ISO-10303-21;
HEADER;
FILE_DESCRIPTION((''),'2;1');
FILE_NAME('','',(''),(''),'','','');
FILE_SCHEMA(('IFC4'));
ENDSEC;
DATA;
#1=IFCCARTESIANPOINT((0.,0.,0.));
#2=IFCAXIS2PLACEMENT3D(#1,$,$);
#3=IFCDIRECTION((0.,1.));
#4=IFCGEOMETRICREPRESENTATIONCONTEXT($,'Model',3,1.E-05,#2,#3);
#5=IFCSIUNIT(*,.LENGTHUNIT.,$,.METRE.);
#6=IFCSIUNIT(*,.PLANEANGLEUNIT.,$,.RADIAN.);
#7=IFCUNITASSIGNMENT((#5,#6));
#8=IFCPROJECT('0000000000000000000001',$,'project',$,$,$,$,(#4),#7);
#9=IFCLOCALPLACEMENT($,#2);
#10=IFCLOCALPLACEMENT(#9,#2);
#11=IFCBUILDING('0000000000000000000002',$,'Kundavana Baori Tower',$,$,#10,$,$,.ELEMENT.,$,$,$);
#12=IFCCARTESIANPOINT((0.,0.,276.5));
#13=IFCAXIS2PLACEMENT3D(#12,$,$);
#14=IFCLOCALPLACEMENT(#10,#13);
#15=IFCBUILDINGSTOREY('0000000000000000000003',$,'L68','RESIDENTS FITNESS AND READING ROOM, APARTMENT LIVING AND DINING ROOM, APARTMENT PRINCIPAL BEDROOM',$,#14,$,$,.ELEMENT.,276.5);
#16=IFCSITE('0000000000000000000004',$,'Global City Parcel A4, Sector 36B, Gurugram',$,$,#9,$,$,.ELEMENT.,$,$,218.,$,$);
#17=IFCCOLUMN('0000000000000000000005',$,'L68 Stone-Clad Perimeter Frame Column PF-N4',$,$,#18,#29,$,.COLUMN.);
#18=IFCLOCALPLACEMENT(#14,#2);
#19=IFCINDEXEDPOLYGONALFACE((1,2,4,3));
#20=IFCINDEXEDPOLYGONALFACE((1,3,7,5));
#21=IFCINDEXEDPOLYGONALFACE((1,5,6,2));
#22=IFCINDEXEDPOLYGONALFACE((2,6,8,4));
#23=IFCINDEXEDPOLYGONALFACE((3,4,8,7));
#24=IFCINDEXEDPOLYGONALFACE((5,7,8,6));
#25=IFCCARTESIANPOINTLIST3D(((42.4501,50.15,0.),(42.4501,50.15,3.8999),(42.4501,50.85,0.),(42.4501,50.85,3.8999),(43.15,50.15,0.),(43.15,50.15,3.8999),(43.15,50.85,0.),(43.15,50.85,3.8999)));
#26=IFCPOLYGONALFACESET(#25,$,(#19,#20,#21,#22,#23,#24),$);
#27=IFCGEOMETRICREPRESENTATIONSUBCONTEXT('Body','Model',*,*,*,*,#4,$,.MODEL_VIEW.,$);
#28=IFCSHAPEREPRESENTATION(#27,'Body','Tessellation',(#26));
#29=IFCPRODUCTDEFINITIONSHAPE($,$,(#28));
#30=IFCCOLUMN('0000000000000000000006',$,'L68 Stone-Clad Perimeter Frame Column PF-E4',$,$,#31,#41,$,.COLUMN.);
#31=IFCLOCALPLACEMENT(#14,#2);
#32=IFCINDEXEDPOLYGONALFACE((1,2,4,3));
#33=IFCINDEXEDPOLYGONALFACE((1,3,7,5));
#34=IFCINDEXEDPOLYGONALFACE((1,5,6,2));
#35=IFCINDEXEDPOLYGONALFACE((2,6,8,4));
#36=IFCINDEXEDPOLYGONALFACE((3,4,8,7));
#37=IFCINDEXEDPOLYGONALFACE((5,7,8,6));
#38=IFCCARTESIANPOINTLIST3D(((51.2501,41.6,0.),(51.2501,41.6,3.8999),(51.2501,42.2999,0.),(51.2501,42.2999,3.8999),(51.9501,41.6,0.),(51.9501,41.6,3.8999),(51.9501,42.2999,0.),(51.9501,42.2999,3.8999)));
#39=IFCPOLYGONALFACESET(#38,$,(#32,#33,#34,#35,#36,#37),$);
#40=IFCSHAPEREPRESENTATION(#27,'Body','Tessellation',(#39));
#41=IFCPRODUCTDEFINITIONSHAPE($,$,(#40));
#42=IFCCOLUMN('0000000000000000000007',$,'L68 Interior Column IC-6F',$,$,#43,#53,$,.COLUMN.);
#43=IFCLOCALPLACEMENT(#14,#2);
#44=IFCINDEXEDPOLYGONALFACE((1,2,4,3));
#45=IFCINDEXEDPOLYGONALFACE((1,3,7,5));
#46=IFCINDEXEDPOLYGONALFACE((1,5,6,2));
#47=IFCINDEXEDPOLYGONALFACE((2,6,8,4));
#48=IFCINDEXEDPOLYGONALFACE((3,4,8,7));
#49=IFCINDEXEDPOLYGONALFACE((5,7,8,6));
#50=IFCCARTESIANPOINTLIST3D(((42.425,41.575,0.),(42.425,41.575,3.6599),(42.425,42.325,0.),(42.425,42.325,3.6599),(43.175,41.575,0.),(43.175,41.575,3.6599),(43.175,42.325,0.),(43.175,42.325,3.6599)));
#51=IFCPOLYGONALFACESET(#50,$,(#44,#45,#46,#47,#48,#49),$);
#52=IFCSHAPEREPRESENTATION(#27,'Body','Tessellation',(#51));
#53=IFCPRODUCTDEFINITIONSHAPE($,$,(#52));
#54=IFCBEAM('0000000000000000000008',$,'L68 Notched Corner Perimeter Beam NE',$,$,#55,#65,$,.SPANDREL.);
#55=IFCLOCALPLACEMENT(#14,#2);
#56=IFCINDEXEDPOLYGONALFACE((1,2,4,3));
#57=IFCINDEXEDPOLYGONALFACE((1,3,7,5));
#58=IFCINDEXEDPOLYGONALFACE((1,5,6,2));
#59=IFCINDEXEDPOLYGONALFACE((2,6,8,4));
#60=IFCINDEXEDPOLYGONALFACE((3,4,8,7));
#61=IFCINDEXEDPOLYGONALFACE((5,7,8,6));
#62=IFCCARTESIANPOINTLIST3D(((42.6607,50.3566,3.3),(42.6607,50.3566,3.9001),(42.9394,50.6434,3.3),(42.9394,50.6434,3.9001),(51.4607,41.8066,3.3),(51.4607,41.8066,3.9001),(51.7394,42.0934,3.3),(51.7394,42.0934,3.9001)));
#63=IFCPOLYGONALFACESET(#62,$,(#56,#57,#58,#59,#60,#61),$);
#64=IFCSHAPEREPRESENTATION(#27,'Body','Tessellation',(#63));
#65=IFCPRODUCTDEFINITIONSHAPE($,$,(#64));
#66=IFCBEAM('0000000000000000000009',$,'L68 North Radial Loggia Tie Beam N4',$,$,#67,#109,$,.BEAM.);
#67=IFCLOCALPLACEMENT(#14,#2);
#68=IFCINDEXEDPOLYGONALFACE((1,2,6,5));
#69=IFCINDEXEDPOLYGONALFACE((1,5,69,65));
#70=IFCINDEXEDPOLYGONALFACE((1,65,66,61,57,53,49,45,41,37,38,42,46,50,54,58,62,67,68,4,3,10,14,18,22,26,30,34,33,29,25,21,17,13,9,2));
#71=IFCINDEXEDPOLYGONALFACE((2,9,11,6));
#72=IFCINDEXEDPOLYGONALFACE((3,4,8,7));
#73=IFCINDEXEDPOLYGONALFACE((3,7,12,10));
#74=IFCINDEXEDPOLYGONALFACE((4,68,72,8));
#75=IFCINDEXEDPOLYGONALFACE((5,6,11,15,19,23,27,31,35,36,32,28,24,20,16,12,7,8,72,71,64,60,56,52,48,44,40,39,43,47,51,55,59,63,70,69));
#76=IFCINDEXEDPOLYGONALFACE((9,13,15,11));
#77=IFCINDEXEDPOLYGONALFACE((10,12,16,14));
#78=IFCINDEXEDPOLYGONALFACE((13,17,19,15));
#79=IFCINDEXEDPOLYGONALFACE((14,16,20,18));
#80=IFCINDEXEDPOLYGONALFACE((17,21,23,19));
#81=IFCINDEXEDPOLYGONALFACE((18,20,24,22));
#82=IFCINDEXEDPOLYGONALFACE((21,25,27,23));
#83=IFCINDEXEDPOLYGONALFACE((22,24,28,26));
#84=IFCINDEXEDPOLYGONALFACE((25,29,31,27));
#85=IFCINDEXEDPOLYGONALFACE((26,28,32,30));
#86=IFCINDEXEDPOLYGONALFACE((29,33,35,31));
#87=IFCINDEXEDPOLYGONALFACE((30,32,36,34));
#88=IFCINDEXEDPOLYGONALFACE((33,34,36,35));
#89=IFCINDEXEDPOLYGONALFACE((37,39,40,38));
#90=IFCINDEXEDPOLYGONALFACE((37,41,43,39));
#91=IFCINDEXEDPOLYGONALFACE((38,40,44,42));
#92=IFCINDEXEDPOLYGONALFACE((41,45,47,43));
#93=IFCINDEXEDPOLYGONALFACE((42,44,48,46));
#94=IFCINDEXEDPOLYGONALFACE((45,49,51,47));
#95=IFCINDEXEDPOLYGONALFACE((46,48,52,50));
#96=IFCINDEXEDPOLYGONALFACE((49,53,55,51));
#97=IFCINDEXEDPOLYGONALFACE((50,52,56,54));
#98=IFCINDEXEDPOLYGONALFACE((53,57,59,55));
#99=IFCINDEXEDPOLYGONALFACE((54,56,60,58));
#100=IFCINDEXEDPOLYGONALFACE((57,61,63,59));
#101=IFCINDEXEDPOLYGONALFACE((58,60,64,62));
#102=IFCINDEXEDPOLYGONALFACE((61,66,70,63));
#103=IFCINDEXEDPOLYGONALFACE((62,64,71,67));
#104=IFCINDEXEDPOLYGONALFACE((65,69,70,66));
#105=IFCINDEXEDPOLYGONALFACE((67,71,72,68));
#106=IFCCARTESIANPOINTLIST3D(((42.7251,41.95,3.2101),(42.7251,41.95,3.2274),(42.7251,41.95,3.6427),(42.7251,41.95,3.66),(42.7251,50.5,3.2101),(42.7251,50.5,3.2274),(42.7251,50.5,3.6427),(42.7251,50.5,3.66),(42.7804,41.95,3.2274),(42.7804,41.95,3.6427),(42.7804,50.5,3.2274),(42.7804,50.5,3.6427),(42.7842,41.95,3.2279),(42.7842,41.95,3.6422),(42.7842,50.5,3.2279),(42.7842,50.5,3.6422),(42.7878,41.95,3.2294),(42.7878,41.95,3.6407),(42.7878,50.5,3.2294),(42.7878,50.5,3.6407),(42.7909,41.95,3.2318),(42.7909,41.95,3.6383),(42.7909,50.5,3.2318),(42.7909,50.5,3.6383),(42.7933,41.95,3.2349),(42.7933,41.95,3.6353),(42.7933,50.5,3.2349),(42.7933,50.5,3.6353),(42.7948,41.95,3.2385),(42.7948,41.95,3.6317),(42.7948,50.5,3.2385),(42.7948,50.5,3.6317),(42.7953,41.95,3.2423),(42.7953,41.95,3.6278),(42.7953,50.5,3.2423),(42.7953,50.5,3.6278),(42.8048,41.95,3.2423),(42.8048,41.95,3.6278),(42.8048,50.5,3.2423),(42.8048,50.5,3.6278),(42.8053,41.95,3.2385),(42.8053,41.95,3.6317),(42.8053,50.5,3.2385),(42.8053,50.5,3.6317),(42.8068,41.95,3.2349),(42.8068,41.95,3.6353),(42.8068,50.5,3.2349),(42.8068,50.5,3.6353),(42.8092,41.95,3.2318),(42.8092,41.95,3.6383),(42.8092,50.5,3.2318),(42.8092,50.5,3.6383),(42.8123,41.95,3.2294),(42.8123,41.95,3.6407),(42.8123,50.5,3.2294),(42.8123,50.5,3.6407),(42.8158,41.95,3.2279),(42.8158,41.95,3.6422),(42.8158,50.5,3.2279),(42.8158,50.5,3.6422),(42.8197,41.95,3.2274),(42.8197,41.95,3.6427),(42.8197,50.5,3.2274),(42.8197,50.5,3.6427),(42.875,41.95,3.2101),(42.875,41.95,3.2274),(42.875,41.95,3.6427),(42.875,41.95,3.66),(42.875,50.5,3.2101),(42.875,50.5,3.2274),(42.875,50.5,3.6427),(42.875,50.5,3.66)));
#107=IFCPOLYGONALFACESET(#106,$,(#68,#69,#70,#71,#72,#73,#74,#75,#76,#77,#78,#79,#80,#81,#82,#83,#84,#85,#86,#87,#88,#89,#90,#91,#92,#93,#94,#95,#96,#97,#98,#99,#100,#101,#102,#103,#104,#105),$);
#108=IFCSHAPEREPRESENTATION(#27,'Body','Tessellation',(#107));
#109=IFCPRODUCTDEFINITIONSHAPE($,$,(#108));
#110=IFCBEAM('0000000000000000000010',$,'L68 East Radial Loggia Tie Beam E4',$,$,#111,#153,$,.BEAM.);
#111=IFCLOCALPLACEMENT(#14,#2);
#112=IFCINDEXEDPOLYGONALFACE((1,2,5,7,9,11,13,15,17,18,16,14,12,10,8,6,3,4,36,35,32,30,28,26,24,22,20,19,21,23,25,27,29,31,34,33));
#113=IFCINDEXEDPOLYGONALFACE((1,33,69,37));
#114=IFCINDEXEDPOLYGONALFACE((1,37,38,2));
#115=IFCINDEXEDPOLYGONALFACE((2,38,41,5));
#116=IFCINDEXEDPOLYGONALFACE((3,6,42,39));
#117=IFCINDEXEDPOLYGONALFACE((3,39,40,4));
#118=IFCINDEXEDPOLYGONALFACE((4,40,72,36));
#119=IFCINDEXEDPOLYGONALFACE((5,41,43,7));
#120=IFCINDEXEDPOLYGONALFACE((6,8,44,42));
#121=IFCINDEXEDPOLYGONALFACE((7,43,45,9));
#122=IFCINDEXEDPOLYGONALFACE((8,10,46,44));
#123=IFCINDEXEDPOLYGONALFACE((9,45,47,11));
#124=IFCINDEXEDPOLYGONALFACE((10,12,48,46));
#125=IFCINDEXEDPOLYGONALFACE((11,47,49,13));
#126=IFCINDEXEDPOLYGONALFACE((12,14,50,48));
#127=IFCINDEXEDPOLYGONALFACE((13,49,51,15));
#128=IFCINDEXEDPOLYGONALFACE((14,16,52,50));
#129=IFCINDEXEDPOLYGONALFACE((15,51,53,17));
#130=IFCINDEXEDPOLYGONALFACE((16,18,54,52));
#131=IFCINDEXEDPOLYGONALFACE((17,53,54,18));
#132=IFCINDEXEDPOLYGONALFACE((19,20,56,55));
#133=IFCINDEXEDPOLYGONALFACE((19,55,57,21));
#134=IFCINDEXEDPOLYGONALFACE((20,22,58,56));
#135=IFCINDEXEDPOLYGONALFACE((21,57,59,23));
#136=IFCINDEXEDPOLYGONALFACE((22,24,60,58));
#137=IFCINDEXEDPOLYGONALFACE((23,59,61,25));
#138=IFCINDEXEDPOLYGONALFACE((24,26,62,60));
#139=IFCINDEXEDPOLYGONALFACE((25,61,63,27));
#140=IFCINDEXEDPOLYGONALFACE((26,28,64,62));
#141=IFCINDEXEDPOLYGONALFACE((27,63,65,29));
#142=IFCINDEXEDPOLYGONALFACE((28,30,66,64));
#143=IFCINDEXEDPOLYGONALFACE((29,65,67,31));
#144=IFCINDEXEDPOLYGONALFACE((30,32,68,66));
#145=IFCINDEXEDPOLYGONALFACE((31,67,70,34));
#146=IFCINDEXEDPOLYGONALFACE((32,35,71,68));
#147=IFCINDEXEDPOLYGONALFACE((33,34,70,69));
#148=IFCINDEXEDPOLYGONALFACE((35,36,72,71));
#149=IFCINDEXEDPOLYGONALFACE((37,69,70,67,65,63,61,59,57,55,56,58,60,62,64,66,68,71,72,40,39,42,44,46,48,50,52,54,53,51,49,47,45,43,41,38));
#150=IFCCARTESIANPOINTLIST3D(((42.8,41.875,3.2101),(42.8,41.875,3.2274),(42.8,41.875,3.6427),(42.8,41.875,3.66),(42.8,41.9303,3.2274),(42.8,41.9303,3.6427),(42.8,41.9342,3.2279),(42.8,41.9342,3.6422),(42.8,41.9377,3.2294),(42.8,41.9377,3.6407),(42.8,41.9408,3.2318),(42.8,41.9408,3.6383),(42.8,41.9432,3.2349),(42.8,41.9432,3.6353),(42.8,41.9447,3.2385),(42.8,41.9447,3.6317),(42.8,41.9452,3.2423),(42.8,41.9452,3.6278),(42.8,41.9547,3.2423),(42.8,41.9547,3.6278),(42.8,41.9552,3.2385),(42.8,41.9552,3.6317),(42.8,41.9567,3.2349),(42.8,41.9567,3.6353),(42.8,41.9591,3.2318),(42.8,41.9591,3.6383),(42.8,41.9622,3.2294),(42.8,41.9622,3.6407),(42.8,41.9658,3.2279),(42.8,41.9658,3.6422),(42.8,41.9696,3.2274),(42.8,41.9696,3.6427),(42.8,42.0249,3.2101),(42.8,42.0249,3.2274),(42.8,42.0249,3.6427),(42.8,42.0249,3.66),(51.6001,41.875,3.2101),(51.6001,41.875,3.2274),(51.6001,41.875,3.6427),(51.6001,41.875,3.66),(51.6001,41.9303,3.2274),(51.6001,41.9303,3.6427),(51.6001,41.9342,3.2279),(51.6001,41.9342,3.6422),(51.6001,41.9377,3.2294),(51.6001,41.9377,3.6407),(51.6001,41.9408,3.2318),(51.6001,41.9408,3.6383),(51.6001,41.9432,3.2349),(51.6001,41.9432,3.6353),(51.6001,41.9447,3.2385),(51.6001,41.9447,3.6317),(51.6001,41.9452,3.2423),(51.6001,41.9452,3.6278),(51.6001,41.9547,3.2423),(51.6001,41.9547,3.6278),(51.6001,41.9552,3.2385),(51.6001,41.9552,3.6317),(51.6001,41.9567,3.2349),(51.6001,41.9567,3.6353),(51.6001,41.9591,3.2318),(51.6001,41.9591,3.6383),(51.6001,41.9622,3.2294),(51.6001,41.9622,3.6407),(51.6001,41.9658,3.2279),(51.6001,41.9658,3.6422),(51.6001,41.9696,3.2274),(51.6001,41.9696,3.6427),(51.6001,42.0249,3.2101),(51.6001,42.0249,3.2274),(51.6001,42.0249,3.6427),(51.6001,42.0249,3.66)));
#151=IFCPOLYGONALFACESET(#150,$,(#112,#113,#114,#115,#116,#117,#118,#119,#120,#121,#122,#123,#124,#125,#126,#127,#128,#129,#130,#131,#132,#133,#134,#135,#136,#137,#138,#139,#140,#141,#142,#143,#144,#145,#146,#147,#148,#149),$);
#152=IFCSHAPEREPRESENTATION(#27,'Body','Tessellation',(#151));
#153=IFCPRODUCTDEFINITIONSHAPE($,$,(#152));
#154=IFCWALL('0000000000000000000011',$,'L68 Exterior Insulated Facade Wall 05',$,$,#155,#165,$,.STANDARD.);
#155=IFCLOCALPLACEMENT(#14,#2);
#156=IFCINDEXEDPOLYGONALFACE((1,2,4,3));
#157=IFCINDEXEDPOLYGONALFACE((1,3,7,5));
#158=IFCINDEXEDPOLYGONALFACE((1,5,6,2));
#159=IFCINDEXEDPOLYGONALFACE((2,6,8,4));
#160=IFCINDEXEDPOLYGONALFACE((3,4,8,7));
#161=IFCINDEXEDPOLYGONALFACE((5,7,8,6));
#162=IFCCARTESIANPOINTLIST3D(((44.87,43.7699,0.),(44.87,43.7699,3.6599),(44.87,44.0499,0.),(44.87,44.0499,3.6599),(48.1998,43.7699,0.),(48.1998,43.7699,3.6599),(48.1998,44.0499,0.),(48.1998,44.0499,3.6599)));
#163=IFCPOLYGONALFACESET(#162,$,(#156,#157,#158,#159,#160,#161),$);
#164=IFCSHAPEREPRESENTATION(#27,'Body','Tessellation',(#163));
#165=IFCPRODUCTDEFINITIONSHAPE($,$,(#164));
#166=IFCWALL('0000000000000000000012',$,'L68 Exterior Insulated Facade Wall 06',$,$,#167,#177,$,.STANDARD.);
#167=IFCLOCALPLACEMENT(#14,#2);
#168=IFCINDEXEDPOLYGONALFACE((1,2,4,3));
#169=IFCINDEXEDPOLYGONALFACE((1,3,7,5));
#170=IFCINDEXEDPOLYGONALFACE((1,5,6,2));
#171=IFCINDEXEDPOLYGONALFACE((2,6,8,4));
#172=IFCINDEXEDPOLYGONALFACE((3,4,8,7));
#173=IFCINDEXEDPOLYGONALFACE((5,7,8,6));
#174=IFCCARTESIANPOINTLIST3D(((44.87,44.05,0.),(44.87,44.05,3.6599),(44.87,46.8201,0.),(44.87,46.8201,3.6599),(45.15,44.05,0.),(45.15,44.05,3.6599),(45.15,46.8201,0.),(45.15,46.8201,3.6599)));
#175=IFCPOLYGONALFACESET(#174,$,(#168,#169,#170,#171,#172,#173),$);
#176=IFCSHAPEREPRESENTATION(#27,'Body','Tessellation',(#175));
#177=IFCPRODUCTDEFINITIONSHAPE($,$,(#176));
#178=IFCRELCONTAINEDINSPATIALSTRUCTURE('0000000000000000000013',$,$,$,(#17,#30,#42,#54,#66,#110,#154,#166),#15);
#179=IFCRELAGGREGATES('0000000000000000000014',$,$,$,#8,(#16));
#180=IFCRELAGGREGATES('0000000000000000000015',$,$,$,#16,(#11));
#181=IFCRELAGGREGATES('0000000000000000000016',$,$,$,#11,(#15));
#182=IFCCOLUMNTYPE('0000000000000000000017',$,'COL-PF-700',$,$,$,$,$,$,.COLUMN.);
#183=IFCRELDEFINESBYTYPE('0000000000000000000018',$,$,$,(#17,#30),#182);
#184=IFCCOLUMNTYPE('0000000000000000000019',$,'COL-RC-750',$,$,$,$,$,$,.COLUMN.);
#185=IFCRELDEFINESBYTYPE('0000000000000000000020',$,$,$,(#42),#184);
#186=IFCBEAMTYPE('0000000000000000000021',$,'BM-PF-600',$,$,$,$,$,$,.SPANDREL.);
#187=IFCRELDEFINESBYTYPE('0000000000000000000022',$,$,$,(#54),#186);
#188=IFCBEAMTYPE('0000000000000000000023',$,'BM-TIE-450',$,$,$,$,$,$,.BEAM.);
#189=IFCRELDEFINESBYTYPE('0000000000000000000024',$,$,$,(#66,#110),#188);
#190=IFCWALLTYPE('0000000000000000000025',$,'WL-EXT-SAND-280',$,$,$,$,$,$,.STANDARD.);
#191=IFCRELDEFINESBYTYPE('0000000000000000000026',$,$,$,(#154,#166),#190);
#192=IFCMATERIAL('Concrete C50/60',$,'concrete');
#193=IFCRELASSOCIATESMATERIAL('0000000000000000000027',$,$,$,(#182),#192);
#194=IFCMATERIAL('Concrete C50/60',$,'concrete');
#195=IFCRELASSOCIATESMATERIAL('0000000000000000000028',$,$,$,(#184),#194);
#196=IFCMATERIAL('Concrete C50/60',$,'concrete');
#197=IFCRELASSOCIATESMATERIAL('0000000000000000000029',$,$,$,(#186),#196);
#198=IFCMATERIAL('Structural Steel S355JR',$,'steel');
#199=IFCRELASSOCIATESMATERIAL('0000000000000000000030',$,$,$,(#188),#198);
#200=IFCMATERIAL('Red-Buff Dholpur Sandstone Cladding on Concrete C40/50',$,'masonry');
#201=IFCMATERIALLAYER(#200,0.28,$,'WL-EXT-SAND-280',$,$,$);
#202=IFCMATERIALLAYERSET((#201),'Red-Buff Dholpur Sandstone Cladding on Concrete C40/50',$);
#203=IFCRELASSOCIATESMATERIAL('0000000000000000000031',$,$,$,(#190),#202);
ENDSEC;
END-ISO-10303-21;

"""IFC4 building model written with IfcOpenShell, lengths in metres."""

from ifc_helpers import new_model, si_unit, direction, frame, frame_2d, origin, origin_2d, place, context, subcontext, project, spatial, rectangle, i_section, extrude, material, layer, layer_set, material_profile, profile_set, type_object, element, save


model = new_model("IFC4")

# Units and contexts
model_context = context("Model", 3, precision=1e-05, world=origin(), true_north=direction((0.0, 1.0)))
body_context = subcontext(model_context, "Body", "Model", "MODEL_VIEW")
ifc_project = project(units=[si_unit("LENGTHUNIT", "METRE"), si_unit("PLANEANGLEUNIT", "RADIAN")], contexts=[model_context])

# Site, building, storey
site_placement = place(None, origin())
site = spatial("IfcSite", under=ifc_project, at=site_placement, Name="Global City Parcel A4, Sector 36B, Gurugram", CompositionType="ELEMENT", RefElevation=218.0)
building_placement = place(site_placement, origin())
building = spatial("IfcBuilding", under=site, at=building_placement, Name="Kundavana Baori Tower", CompositionType="ELEMENT")
storey_placement = place(building_placement, frame((0.0, 0.0, 276.5)))
storey = spatial("IfcBuildingStorey", under=building, at=storey_placement, Name="L68", Description="RESIDENTS FITNESS AND READING ROOM, APARTMENT LIVING AND DINING ROOM, APARTMENT PRINCIPAL BEDROOM", CompositionType="ELEMENT", Elevation=276.5)

# Columns
ifc_material_1 = material(Name="Concrete C50/60", Category="concrete")
ifc_material_profile_1 = material_profile(ifc_material_1, rectangle(XDim=0.7, YDim=0.7, at=origin_2d()), Name="RC PF 700x700")
ifc_profile_set_1 = profile_set([ifc_material_profile_1], Name="Concrete C50/60")
column_type_1 = type_object("IfcColumnType", Name="COL-PF-700", PredefinedType="COLUMN", material=ifc_profile_set_1)
for number, where, z_axis, x_axis, name in (
    (1, (42.8, 50.5, 0.0), (0.0, 0.0, 1.0), (1.0, 0.0, 0.0), "L68 Stone-Clad Perimeter Frame Column PF-N4"),
    (2, (51.6001, 41.95, 0.0), (0.0, 0.0, 1.0), (1.0, 0.0, 0.0), "L68 Stone-Clad Perimeter Frame Column PF-E4"),
):
    element("IfcColumn", number, at=place(storey_placement, frame(where, z_axis=z_axis, x_axis=x_axis)), inside=storey, type_object=column_type_1, Name=name, PredefinedType="COLUMN", context=body_context, shape_type="SweptSolid", body=[
        extrude(rectangle(XDim=0.7, YDim=0.7, at=origin_2d()), origin(), (0.0, 0.0, 1.0), 3.8999),
    ])
ifc_material_2 = material(Name="Concrete C50/60", Category="concrete")
ifc_material_profile_2 = material_profile(ifc_material_2, rectangle(XDim=0.75, YDim=0.75, at=origin_2d()), Name="RC 750x750")
ifc_profile_set_2 = profile_set([ifc_material_profile_2], Name="Concrete C50/60")
column_type_2 = type_object("IfcColumnType", Name="COL-RC-750", PredefinedType="COLUMN", material=ifc_profile_set_2)
column_placement = place(storey_placement, frame((42.8, 41.95, 0.0), z_axis=(0.0, 0.0, 1.0), x_axis=(1.0, 0.0, 0.0)))
element("IfcColumn", 3, at=column_placement, inside=storey, type_object=column_type_2, Name="L68 Interior Column IC-6F", PredefinedType="COLUMN", context=body_context, shape_type="SweptSolid", body=[
    extrude(rectangle(XDim=0.75, YDim=0.75, at=origin_2d()), origin(), (0.0, 0.0, 1.0), 3.6599),
])

# Beams
ifc_material_3 = material(Name="Concrete C50/60", Category="concrete")
ifc_material_profile_3 = material_profile(ifc_material_3, rectangle(XDim=0.3999, YDim=0.6001, at=origin_2d()), Name="RC BM 400x600")
ifc_profile_set_3 = profile_set([ifc_material_profile_3], Name="Concrete C50/60")
beam_type_1 = type_object("IfcBeamType", Name="BM-PF-600", PredefinedType="SPANDREL", material=ifc_profile_set_3)
beam_1_placement = place(storey_placement, frame((42.8, 50.5, 3.6001), z_axis=(0.717221, -0.696846, 0.0), x_axis=(0.696846, 0.717221, 0.0)))
element("IfcBeam", 4, at=beam_1_placement, inside=storey, type_object=beam_type_1, Name="L68 Notched Corner Perimeter Beam NE", PredefinedType="SPANDREL", context=body_context, shape_type="SweptSolid", body=[
    extrude(rectangle(XDim=0.3999, YDim=0.6001, at=origin_2d()), origin(), (0.0, 0.0, 1.0), 12.2695),
])
ifc_material_4 = material(Name="Structural Steel S355JR", Category="steel")
ifc_material_profile_4 = material_profile(ifc_material_4, i_section(OverallWidth=0.1499, OverallDepth=0.45, WebThickness=0.0095, FlangeThickness=0.0173, FilletRadius=0.0149, at=origin_2d()), Name="ISMB 450")
ifc_profile_set_4 = profile_set([ifc_material_profile_4], Name="Structural Steel S355JR")
beam_type_2 = type_object("IfcBeamType", Name="BM-TIE-450", PredefinedType="BEAM", material=ifc_profile_set_4)
beam_2_placement = place(storey_placement, frame((42.8, 41.95, 3.4351), z_axis=(0.0, 1.0, 0.0), x_axis=(-1.0, 0.0, 0.0)))
element("IfcBeam", 5, at=beam_2_placement, inside=storey, type_object=beam_type_2, Name="L68 North Radial Loggia Tie Beam N4", PredefinedType="BEAM", context=body_context, shape_type="SweptSolid", body=[
    extrude(i_section(OverallWidth=0.1499, OverallDepth=0.45, WebThickness=0.0095, FlangeThickness=0.0173, FilletRadius=0.0149, at=origin_2d()), origin(), (0.0, 0.0, 1.0), 8.55),
])
beam_3_placement = place(storey_placement, frame((42.8, 41.95, 3.4351), z_axis=(1.0, 0.0, 0.0), x_axis=(0.0, 1.0, 0.0)))
element("IfcBeam", 6, at=beam_3_placement, inside=storey, type_object=beam_type_2, Name="L68 East Radial Loggia Tie Beam E4", PredefinedType="BEAM", context=body_context, shape_type="SweptSolid", body=[
    extrude(i_section(OverallWidth=0.1499, OverallDepth=0.45, WebThickness=0.0095, FlangeThickness=0.0173, FilletRadius=0.0149, at=origin_2d()), origin(), (0.0, 0.0, 1.0), 8.8),
])

# Walls
ifc_material_5 = material(Name="Red-Buff Dholpur Sandstone Cladding on Concrete C40/50", Category="masonry")
ifc_layer_1 = layer(ifc_material_5, 0.28, Name="WL-EXT-SAND-280")
ifc_layer_set_1 = layer_set([ifc_layer_1], Name="Red-Buff Dholpur Sandstone Cladding on Concrete C40/50")
wall_type_1 = type_object("IfcWallType", Name="WL-EXT-SAND-280", PredefinedType="STANDARD", material=ifc_layer_set_1)
wall_1_placement = place(storey_placement, frame((48.2, 43.9099, 0.0), z_axis=(0.0, 0.0, 1.0), x_axis=(-1.0, 0.0, 0.0)))
element("IfcWall", 7, at=wall_1_placement, inside=storey, type_object=wall_type_1, Name="L68 Exterior Insulated Facade Wall 05", PredefinedType="STANDARD", context=body_context, shape_type="SweptSolid", body=[
    extrude(rectangle(XDim=3.3298, YDim=0.28, at=frame_2d((1.665, 0.0))), origin(), (0.0, 0.0, 1.0), 3.6599),
])
wall_2_placement = place(storey_placement, frame((45.01, 44.05, 0.0), z_axis=(0.0, 0.0, 1.0), x_axis=(0.0, 1.0, 0.0)))
element("IfcWall", 8, at=wall_2_placement, inside=storey, type_object=wall_type_1, Name="L68 Exterior Insulated Facade Wall 06", PredefinedType="STANDARD", context=body_context, shape_type="SweptSolid", body=[
    extrude(rectangle(XDim=2.77, YDim=0.28, at=frame_2d((1.385, 0.0))), origin(), (0.0, 0.0, 1.0), 3.6599),
])

save(model, "model.ifc")
